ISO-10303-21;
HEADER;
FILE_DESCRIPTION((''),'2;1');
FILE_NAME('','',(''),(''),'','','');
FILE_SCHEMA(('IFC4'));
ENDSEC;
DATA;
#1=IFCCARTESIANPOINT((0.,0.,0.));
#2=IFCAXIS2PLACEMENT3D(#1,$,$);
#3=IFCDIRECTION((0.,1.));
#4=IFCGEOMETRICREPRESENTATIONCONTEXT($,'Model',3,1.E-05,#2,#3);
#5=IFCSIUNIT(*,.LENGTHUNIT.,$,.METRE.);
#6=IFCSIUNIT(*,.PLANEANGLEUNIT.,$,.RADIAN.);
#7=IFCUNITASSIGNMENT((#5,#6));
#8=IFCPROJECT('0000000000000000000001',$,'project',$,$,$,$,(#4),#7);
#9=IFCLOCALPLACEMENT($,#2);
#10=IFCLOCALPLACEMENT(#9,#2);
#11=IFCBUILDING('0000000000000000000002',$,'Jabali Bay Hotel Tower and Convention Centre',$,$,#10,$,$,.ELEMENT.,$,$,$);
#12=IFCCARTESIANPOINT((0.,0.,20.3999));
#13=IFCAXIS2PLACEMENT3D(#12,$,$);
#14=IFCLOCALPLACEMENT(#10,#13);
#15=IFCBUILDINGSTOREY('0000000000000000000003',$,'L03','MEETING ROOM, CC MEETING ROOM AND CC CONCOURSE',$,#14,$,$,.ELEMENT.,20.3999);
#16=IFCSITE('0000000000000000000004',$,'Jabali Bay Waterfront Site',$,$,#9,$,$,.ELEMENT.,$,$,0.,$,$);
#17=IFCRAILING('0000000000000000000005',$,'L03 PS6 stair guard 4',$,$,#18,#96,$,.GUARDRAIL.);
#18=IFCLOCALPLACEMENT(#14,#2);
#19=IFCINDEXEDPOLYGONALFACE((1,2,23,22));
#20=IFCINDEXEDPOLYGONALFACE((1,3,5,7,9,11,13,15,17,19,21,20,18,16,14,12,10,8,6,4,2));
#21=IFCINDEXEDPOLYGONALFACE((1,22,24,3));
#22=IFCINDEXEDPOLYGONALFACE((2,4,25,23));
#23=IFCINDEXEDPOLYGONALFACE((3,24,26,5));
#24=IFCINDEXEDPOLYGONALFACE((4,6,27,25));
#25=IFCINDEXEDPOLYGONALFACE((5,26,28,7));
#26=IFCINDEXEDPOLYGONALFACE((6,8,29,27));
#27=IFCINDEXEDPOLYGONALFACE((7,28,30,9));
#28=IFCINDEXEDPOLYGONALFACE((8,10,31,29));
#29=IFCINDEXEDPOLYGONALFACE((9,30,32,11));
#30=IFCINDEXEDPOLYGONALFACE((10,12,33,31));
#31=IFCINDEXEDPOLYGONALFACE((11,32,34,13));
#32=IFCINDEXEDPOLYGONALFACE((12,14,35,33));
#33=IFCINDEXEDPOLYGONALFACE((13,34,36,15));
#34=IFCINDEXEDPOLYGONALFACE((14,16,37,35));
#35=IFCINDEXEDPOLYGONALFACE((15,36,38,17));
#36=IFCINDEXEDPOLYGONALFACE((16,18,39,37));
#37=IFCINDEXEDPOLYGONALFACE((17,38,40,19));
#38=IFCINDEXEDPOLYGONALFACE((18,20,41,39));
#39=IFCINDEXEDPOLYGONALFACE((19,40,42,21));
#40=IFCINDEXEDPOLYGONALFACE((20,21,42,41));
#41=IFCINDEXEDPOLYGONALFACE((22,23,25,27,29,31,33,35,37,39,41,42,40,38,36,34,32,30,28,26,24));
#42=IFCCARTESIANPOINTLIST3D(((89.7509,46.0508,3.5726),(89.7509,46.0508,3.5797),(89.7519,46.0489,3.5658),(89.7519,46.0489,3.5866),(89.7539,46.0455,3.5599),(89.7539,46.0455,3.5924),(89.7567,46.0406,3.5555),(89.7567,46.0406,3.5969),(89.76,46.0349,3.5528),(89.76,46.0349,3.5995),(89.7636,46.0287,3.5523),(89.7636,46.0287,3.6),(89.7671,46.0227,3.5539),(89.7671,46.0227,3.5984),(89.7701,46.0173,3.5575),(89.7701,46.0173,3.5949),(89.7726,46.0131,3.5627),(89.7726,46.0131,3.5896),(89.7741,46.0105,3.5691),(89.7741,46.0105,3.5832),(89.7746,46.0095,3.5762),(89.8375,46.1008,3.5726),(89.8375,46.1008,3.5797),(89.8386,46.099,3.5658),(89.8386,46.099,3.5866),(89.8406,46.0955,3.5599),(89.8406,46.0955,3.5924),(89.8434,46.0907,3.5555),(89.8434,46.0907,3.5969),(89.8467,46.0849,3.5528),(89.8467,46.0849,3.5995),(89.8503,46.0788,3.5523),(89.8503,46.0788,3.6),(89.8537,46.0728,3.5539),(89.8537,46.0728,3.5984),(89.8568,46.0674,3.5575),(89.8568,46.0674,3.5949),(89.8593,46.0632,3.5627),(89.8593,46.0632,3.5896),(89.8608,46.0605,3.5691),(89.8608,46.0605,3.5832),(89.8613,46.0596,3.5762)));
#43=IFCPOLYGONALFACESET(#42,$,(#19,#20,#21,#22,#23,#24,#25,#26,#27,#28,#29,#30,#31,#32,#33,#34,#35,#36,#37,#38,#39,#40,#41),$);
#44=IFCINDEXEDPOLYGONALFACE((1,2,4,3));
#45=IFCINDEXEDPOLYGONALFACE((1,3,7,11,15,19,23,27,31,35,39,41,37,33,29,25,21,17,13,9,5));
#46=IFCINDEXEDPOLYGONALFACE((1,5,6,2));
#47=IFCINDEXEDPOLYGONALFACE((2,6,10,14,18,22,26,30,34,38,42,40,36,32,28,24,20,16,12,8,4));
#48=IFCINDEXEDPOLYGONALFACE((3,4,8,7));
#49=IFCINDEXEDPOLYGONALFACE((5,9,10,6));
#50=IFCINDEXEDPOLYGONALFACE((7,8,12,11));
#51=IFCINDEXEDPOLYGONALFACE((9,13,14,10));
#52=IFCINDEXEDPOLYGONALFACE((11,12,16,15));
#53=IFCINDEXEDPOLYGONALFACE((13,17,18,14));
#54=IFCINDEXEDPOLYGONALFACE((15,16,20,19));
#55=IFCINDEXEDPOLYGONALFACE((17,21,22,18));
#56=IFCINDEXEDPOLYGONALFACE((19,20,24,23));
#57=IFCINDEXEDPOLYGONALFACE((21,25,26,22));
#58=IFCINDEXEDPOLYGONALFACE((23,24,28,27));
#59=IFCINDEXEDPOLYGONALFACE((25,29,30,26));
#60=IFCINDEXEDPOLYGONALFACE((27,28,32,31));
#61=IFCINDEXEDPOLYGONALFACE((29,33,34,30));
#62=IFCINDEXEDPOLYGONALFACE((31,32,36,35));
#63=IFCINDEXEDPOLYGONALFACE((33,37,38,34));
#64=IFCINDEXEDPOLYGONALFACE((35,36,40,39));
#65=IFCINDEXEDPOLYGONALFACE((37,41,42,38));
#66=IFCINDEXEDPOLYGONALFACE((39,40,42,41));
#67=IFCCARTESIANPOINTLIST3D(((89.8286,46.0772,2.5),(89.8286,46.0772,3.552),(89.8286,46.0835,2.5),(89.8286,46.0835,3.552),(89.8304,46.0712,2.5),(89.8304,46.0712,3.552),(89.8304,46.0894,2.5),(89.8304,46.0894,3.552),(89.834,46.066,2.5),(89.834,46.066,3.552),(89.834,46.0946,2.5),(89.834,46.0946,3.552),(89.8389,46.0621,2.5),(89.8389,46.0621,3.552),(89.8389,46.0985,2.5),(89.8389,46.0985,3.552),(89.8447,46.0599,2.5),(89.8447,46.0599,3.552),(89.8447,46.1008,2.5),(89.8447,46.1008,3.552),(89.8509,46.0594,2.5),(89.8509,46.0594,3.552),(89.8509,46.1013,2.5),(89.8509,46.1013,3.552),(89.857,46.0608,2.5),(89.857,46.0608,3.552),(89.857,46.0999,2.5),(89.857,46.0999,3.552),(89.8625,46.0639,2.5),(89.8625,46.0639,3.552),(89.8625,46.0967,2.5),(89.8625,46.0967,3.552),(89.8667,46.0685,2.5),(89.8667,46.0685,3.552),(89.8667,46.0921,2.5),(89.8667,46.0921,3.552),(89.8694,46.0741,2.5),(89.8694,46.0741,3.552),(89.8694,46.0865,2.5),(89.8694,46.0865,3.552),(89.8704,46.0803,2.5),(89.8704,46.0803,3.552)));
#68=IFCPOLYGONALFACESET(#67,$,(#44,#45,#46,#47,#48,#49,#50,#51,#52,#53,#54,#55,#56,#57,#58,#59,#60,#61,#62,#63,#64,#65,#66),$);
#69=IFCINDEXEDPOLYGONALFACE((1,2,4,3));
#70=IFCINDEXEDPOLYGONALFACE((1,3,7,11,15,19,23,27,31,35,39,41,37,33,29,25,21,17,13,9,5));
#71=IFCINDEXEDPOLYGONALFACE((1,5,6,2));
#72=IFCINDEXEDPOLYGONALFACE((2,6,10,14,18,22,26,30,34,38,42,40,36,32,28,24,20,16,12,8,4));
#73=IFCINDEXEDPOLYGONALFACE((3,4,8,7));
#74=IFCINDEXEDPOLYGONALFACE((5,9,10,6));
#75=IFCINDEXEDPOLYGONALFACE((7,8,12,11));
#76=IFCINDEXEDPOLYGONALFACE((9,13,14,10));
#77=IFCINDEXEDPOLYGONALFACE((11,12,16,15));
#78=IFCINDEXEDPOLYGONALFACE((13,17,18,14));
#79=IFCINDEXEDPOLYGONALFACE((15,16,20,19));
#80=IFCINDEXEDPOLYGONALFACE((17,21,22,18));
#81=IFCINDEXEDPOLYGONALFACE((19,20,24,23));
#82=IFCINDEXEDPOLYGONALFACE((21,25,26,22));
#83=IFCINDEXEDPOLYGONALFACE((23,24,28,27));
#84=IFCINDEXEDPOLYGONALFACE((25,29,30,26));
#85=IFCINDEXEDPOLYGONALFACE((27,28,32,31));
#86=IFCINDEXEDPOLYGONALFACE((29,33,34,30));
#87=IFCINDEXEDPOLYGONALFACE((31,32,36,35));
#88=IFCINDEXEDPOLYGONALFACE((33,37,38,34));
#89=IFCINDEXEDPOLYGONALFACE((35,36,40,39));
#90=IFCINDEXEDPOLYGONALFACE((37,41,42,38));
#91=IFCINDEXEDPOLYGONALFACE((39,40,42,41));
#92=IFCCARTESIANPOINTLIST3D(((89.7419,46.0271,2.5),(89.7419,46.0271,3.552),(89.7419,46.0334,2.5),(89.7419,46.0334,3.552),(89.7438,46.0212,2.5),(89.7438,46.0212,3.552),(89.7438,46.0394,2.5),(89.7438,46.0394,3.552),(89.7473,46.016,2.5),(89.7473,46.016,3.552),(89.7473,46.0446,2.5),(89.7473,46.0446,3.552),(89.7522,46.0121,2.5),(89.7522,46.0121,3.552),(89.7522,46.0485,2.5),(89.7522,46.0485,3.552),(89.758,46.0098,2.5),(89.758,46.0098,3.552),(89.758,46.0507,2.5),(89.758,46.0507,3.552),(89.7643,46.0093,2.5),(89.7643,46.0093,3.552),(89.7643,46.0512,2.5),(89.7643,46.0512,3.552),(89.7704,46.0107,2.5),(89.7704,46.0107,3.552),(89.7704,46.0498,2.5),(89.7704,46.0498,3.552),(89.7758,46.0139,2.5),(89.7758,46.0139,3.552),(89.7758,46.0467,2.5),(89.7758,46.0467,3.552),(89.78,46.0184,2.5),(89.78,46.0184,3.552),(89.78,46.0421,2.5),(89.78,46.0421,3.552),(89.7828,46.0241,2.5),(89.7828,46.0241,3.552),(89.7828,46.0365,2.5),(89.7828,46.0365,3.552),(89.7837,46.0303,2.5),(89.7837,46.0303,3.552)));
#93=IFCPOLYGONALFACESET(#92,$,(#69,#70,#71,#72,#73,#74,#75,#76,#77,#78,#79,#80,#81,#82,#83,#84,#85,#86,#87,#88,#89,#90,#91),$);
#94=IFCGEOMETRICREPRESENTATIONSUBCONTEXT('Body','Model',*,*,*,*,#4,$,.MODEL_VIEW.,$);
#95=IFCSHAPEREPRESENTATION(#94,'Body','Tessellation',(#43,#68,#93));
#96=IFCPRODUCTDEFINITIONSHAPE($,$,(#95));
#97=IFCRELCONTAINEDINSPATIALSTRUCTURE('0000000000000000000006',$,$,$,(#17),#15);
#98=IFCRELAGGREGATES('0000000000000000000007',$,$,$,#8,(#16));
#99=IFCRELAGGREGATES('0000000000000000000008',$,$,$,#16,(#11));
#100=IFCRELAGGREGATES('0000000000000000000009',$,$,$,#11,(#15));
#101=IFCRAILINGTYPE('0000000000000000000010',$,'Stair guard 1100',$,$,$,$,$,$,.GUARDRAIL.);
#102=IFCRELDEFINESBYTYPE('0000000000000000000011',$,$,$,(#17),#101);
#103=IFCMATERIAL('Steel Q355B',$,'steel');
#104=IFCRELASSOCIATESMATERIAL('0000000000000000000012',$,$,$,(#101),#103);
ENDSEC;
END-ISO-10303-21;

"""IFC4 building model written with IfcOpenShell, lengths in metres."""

from ifc_helpers import new_model, si_unit, direction, frame, origin, origin_2d, place, context, subcontext, project, spatial, circle, extrude, material, type_object, element, save


model = new_model("IFC4")

# Units and contexts
model_context = context("Model", 3, precision=1e-05, world=origin(), true_north=direction((0.0, 1.0)))
body_context = subcontext(model_context, "Body", "Model", "MODEL_VIEW")
ifc_project = project(units=[si_unit("LENGTHUNIT", "METRE"), si_unit("PLANEANGLEUNIT", "RADIAN")], contexts=[model_context])

# Site, building, storey
site_placement = place(None, origin())
site = spatial("IfcSite", under=ifc_project, at=site_placement, Name="Jabali Bay Waterfront Site", CompositionType="ELEMENT", RefElevation=0.0)
building_placement = place(site_placement, origin())
building = spatial("IfcBuilding", under=site, at=building_placement, Name="Jabali Bay Hotel Tower and Convention Centre", CompositionType="ELEMENT")
storey_placement = place(building_placement, frame((0.0, 0.0, 20.3999)))
storey = spatial("IfcBuildingStorey", under=building, at=storey_placement, Name="L03", Description="MEETING ROOM, CC MEETING ROOM AND CC CONCOURSE", CompositionType="ELEMENT", Elevation=20.3999)

# Railing
ifc_material_1 = material(Name="Steel Q355B", Category="steel")
railing_type_1 = type_object("IfcRailingType", Name="Stair guard 1100", PredefinedType="GUARDRAIL", material=ifc_material_1)
railing_1_placement = place(storey_placement, frame((89.8494, 46.0803, 2.5)))
element("IfcRailing", 1, at=railing_1_placement, inside=storey, type_object=railing_type_1, Name="L03 PS6 stair guard 4", PredefinedType="GUARDRAIL", context=body_context, shape_type="SweptSolid", body=[
    extrude(circle(Radius=0.0239, at=origin_2d()), frame((0.0, 0.0, 1.0762), z_axis=(-0.865982, -0.500074, 0.0), x_axis=(0.500074, -0.865982, 0.0)), (0.0, 0.0, 1.0), 0.1001),
    extrude(circle(Radius=0.021, at=origin_2d()), origin(), (0.0, 0.0, 1.0), 1.052),
    extrude(circle(Radius=0.021, at=origin_2d()), frame((-0.0867, -0.05, 0.0)), (0.0, 0.0, 1.0), 1.052),
])

save(model, "model.ifc")
